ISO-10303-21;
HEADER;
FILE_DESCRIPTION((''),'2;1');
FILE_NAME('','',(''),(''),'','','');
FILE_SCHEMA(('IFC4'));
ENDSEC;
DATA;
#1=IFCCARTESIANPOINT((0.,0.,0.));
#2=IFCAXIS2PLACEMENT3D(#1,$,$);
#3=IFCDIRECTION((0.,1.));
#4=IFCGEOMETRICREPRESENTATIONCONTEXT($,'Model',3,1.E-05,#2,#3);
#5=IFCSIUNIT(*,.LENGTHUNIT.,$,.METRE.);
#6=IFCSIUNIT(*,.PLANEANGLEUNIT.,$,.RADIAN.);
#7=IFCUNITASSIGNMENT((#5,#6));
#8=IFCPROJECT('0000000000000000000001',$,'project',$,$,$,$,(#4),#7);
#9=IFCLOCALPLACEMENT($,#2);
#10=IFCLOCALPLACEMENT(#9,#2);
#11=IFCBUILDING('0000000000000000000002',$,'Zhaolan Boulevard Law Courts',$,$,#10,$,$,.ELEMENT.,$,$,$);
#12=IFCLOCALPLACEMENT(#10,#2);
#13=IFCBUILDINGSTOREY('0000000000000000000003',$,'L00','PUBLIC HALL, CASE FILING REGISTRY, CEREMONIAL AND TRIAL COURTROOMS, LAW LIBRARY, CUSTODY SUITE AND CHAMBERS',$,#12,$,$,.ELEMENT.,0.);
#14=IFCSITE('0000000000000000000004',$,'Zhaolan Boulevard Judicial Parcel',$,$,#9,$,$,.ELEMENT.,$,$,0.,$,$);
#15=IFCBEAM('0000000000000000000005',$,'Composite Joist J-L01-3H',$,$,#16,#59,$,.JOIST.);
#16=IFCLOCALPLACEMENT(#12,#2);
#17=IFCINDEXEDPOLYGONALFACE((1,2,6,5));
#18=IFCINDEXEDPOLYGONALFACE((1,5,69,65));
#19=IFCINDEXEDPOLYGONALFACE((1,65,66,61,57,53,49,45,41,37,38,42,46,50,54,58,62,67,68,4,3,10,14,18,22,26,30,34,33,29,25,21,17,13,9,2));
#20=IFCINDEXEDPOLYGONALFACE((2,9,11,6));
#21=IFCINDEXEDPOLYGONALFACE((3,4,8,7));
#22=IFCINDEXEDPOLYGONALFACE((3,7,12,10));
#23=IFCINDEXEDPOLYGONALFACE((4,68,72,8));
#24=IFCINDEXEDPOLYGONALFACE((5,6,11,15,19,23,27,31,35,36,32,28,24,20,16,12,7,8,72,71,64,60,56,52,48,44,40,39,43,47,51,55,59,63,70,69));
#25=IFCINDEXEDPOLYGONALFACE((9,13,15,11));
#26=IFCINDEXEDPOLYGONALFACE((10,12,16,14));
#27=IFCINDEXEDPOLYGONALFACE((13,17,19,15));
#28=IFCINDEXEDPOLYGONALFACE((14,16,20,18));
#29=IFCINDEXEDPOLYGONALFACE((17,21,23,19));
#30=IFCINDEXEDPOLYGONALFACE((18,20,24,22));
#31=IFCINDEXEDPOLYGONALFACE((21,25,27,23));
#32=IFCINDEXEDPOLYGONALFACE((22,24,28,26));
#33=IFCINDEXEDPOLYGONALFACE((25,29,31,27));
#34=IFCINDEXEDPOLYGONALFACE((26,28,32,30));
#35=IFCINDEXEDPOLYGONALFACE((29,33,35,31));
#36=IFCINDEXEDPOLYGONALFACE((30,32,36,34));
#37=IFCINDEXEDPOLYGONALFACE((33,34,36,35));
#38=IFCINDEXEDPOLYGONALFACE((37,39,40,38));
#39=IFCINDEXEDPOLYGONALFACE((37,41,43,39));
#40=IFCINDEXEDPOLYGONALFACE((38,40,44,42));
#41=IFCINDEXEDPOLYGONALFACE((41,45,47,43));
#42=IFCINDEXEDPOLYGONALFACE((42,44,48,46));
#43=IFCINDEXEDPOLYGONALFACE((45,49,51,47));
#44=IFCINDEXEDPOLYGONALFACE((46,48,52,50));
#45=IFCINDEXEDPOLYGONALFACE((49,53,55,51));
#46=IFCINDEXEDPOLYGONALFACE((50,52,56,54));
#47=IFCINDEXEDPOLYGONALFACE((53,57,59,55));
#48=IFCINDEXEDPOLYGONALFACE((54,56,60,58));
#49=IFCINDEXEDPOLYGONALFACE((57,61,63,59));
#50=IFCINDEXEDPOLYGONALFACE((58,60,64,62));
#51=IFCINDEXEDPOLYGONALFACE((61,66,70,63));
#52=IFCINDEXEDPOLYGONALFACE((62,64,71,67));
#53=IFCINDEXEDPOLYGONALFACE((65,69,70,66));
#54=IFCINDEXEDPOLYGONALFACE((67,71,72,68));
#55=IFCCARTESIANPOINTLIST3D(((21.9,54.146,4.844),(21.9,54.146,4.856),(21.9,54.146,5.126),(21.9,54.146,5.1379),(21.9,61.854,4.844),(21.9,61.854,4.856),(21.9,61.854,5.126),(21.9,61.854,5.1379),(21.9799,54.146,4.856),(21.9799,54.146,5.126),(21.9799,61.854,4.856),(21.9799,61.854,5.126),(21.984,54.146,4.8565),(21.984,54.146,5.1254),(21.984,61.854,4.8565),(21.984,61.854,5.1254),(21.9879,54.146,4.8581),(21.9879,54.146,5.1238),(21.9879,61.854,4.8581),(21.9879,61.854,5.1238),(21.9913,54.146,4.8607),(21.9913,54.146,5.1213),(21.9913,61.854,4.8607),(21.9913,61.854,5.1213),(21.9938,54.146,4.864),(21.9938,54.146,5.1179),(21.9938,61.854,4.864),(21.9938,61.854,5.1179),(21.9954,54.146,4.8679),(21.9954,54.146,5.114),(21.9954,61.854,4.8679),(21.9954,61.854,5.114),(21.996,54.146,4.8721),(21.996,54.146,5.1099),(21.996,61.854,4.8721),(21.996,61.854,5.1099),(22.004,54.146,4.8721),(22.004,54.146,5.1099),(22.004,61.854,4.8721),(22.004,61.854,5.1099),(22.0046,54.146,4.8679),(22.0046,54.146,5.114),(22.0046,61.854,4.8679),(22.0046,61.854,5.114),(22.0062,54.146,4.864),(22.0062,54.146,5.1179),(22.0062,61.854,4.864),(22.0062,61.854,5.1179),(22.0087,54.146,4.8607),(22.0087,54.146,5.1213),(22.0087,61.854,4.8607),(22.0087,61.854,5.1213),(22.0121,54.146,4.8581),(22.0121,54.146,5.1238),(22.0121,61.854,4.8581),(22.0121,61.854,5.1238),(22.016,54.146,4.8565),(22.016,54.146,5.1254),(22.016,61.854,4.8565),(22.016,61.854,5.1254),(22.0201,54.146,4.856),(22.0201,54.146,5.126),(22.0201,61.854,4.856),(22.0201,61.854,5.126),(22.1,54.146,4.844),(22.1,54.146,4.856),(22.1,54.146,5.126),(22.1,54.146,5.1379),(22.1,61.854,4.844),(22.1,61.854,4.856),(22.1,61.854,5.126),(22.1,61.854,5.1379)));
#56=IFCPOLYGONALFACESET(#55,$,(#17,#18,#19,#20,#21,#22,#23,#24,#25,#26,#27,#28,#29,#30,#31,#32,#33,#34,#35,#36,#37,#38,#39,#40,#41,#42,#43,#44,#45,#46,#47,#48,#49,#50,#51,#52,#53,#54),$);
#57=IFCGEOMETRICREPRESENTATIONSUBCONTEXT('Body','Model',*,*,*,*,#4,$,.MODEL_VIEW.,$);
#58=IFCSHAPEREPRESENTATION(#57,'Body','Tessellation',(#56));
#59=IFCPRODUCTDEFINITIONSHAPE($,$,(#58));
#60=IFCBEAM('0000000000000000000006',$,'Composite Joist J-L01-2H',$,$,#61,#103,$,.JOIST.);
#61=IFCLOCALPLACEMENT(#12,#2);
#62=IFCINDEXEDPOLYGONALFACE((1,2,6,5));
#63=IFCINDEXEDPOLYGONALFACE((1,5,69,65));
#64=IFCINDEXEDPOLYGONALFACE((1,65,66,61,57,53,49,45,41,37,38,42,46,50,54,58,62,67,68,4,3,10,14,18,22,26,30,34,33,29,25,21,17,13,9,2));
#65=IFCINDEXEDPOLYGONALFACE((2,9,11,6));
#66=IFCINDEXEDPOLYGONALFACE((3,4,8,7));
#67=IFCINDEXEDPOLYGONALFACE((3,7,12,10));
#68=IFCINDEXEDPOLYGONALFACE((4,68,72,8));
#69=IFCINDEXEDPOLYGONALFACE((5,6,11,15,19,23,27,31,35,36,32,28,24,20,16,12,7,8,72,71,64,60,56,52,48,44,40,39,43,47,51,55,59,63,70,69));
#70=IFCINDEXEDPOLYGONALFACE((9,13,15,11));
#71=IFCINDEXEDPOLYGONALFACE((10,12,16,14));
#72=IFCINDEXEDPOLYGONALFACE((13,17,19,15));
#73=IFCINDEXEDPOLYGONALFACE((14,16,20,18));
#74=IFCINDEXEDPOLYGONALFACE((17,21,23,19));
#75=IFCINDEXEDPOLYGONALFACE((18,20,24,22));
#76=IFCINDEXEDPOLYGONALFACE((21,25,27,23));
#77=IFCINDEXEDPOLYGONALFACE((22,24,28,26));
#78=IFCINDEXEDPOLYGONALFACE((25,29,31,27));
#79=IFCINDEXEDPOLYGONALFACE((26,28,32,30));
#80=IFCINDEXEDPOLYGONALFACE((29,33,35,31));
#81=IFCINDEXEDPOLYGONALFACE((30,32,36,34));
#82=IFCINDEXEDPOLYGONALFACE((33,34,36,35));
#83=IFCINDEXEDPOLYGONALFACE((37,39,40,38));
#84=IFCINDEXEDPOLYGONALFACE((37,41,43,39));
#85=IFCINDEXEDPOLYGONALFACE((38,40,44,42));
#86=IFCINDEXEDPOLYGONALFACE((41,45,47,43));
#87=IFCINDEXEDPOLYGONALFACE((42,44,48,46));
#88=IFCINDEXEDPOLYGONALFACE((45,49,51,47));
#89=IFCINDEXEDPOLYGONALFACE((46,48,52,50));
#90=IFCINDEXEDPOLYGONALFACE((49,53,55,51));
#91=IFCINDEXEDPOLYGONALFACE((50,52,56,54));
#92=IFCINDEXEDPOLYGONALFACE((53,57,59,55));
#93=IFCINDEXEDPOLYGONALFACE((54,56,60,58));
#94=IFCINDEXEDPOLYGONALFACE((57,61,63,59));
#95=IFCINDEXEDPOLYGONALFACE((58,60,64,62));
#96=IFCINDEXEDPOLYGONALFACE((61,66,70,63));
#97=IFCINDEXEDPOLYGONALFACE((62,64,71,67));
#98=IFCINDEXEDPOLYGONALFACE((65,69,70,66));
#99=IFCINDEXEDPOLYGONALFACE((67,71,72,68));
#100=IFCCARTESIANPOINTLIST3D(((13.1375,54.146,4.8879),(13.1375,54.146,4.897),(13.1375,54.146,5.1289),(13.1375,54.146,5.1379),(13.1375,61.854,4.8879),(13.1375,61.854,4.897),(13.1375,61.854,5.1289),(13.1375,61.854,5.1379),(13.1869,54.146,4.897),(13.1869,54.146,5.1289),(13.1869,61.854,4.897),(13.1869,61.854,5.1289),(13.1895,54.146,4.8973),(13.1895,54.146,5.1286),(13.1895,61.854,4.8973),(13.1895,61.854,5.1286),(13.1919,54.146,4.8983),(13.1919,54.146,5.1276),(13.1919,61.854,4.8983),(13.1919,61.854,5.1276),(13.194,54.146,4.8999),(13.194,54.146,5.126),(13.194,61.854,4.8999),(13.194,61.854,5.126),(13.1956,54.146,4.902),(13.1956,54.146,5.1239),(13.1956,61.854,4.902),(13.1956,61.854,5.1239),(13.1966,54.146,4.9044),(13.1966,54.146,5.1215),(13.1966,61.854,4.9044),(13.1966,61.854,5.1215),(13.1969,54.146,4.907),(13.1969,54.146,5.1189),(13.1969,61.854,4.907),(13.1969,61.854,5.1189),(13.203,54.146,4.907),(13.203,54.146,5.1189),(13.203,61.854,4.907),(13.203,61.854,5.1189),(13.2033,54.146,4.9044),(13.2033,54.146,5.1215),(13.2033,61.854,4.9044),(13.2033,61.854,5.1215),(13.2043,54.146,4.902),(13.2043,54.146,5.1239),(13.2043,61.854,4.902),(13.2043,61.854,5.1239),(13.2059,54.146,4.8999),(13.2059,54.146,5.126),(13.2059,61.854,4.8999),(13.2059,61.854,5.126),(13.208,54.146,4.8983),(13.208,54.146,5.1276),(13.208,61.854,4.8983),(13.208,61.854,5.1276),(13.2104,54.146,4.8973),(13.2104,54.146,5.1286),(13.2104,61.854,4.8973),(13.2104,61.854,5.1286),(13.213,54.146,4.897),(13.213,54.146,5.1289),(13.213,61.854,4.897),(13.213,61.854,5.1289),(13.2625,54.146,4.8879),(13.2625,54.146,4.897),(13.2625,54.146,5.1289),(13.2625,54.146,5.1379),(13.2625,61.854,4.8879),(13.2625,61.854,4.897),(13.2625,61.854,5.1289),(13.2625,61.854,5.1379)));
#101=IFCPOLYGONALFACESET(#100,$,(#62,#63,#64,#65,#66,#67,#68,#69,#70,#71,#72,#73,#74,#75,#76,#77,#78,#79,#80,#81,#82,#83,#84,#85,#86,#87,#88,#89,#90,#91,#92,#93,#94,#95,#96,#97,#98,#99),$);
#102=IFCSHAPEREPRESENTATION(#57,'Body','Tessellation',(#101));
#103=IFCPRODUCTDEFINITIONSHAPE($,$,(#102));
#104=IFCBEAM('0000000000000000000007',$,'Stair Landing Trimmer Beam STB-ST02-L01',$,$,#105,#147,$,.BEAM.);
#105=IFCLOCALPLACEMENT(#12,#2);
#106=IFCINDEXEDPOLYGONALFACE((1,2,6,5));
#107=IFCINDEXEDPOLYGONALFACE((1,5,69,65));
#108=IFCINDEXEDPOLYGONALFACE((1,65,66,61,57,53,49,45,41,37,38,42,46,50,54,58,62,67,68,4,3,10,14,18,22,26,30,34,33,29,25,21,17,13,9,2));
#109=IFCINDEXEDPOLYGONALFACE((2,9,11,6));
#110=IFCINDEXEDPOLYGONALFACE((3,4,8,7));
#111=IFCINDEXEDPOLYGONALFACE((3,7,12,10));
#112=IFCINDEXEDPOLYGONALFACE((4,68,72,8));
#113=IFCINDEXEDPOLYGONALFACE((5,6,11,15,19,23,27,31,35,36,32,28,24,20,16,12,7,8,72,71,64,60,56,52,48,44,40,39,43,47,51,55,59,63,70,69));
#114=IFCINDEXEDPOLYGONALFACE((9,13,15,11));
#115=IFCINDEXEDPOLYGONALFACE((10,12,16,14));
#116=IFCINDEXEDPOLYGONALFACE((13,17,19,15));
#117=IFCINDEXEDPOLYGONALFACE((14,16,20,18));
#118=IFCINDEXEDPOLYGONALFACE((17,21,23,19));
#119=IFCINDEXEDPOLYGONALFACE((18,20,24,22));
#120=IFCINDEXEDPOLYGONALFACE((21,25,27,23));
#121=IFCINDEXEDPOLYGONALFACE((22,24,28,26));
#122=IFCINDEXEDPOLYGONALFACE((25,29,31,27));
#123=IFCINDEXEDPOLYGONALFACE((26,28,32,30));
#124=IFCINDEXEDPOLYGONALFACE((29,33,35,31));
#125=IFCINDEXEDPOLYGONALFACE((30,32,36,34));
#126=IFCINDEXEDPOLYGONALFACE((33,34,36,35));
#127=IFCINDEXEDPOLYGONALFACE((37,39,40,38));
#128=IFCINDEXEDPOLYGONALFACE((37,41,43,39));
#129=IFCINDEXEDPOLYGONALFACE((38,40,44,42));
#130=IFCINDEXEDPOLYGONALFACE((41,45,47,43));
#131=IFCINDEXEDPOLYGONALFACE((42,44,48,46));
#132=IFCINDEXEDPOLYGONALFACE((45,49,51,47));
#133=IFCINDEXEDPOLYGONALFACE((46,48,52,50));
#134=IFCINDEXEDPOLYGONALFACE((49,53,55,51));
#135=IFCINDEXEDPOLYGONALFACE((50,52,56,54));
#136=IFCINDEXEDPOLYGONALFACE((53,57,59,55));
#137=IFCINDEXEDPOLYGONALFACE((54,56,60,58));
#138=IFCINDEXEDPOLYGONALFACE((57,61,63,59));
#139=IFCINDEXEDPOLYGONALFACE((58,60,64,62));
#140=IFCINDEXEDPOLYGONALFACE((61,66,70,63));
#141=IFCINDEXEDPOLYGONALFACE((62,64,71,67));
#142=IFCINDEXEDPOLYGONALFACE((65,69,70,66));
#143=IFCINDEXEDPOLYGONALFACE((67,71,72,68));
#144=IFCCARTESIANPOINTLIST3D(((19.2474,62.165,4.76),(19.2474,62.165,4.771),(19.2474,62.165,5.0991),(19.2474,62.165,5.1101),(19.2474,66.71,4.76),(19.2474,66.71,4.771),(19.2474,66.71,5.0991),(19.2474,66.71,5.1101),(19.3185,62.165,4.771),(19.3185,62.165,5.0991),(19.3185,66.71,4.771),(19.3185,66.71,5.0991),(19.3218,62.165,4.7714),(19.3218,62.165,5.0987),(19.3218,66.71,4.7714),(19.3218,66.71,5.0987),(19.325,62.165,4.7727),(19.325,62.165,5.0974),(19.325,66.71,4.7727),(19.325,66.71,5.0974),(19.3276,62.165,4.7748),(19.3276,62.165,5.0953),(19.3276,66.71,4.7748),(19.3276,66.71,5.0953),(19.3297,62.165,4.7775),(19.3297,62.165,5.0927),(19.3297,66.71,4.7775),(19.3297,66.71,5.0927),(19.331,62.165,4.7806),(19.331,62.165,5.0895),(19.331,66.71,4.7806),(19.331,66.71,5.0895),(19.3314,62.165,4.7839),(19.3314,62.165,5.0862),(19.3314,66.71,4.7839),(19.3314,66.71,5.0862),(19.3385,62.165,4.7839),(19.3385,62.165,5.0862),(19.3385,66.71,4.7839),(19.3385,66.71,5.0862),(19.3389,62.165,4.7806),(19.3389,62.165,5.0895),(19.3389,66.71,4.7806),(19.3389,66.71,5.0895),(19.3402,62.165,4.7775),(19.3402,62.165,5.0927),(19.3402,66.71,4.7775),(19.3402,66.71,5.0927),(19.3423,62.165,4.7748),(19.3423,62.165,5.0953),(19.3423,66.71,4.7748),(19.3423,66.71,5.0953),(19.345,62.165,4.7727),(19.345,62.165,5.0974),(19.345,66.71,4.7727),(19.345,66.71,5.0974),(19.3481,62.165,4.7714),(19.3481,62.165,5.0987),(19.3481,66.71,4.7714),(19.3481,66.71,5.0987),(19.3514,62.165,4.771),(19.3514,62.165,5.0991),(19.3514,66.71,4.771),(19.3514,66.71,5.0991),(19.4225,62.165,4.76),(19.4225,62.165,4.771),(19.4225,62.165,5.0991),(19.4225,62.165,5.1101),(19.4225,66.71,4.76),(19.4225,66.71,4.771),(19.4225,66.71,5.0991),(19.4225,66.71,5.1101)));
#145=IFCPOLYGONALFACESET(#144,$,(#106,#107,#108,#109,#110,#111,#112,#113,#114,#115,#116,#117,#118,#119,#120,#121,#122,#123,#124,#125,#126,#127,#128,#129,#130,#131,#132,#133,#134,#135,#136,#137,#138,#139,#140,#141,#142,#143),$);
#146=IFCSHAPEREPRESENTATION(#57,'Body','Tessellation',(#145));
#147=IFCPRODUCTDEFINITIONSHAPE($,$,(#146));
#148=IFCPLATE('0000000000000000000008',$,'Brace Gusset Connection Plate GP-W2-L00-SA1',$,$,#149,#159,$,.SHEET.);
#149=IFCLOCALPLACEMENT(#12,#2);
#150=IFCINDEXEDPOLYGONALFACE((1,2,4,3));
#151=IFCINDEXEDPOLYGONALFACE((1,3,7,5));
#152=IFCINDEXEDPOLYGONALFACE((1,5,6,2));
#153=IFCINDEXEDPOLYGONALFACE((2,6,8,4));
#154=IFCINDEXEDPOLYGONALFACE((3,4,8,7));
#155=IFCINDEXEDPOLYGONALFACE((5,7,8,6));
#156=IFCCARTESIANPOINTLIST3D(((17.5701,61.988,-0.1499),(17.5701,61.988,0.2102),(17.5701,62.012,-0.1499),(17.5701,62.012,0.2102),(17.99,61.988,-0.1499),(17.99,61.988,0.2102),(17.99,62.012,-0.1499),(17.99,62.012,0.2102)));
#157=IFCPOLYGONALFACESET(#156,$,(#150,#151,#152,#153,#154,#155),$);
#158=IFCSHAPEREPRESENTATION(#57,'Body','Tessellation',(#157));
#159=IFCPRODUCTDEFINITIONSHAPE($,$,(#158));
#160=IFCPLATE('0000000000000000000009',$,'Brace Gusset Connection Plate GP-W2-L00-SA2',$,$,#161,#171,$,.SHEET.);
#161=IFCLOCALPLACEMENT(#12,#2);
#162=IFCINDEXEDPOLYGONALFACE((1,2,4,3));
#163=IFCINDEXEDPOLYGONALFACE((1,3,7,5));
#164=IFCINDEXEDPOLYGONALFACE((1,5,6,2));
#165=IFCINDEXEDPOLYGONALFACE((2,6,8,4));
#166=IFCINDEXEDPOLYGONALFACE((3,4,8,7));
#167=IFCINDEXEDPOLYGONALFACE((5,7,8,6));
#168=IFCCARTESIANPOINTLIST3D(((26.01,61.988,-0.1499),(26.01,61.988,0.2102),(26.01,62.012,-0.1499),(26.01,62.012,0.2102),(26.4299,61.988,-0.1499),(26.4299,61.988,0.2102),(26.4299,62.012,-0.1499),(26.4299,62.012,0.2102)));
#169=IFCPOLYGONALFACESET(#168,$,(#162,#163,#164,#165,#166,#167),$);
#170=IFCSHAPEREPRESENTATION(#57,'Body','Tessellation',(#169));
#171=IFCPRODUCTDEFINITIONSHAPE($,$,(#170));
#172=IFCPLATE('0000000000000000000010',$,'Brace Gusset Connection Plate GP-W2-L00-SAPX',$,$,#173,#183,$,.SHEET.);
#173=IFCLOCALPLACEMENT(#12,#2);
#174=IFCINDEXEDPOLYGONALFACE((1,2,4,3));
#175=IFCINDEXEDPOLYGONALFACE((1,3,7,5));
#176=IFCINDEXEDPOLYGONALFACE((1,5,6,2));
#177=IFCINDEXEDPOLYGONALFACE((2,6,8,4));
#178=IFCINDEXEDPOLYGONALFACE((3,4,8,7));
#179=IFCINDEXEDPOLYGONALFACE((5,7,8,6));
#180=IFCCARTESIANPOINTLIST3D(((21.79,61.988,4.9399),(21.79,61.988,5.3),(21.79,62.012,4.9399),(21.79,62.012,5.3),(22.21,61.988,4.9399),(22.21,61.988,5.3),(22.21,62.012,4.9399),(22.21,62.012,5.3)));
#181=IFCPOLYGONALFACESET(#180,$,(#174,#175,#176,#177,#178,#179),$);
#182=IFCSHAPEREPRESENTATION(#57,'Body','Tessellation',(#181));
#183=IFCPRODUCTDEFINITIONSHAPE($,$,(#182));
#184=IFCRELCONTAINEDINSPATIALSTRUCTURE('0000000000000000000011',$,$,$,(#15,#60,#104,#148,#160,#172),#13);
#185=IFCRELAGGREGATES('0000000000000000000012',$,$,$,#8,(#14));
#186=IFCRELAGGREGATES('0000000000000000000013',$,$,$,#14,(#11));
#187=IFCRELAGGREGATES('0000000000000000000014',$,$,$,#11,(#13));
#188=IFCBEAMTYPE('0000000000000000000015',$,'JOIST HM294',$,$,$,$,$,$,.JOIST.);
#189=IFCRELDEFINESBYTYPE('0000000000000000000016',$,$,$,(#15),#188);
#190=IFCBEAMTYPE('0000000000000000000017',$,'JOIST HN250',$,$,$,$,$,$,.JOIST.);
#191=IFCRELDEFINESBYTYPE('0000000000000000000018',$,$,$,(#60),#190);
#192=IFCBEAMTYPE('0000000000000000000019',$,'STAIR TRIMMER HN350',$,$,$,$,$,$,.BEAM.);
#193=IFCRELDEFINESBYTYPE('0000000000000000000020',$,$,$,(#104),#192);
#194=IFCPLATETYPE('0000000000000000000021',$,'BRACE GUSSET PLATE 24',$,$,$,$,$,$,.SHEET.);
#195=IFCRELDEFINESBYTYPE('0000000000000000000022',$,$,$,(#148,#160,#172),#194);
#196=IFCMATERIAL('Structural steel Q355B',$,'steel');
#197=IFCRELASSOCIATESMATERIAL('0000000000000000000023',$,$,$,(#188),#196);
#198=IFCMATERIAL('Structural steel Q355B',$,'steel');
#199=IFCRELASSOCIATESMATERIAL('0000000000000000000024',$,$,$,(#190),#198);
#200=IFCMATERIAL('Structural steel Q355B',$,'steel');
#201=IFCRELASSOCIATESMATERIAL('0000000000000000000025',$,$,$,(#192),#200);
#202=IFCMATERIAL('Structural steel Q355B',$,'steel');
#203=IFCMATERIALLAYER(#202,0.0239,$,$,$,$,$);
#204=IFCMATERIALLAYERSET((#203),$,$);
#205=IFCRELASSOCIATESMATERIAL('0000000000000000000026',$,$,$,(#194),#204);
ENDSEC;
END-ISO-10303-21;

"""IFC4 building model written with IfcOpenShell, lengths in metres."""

from ifc_helpers import new_model, si_unit, direction, frame, origin, origin_2d, place, context, subcontext, project, spatial, rectangle, i_section, extrude, material, layer, layer_set, material_profile, profile_set, type_object, element, save


model = new_model("IFC4")

# Units and contexts
model_context = context("Model", 3, precision=1e-05, world=origin(), true_north=direction((0.0, 1.0)))
body_context = subcontext(model_context, "Body", "Model", "MODEL_VIEW")
ifc_project = project(units=[si_unit("LENGTHUNIT", "METRE"), si_unit("PLANEANGLEUNIT", "RADIAN")], contexts=[model_context])

# Site, building, storey
site_placement = place(None, origin())
site = spatial("IfcSite", under=ifc_project, at=site_placement, Name="Zhaolan Boulevard Judicial Parcel", CompositionType="ELEMENT", RefElevation=0.0)
building_placement = place(site_placement, origin())
building = spatial("IfcBuilding", under=site, at=building_placement, Name="Zhaolan Boulevard Law Courts", CompositionType="ELEMENT")
storey_placement = place(building_placement, origin())
storey = spatial("IfcBuildingStorey", under=building, at=storey_placement, Name="L00", Description="PUBLIC HALL, CASE FILING REGISTRY, CEREMONIAL AND TRIAL COURTROOMS, LAW LIBRARY, CUSTODY SUITE AND CHAMBERS", CompositionType="ELEMENT", Elevation=0.0)

# Beams
ifc_material_1 = material(Name="Structural steel Q355B", Category="steel")
ifc_material_profile_1 = material_profile(ifc_material_1, i_section(OverallWidth=0.2, OverallDepth=0.2939, WebThickness=0.0081, FlangeThickness=0.012, FilletRadius=0.0161, at=origin_2d()), Name="HM294x200")
ifc_profile_set_1 = profile_set([ifc_material_profile_1], Name="Structural steel Q355B")
beam_type_1 = type_object("IfcBeamType", Name="JOIST HM294", PredefinedType="JOIST", material=ifc_profile_set_1)
for number, where, z_axis, x_axis, name in (
    (1, (22.0, 54.146, 4.991), (0.0, 1.0, 0.0), (-1.0, 0.0, 0.0), "Composite Joist J-L01-3H"),
):
    element("IfcBeam", number, at=place(storey_placement, frame(where, z_axis=z_axis, x_axis=x_axis)), inside=storey, type_object=beam_type_1, Name=name, PredefinedType="JOIST", context=body_context, shape_type="SweptSolid", body=[
        extrude(i_section(OverallWidth=0.2, OverallDepth=0.2939, WebThickness=0.0081, FlangeThickness=0.012, FilletRadius=0.0161, at=origin_2d()), origin(), (0.0, 0.0, 1.0), 7.708),
    ])
ifc_material_2 = material(Name="Structural steel Q355B", Category="steel")
ifc_material_profile_2 = material_profile(ifc_material_2, i_section(OverallWidth=0.125, OverallDepth=0.25, WebThickness=0.0061, FlangeThickness=0.009, FilletRadius=0.01, at=origin_2d()), Name="HN250x125")
ifc_profile_set_2 = profile_set([ifc_material_profile_2], Name="Structural steel Q355B")
beam_type_2 = type_object("IfcBeamType", Name="JOIST HN250", PredefinedType="JOIST", material=ifc_profile_set_2)
beam_1_placement = place(storey_placement, frame((13.2, 54.146, 5.0129), z_axis=(0.0, 1.0, 0.0), x_axis=(-1.0, 0.0, 0.0)))
element("IfcBeam", 2, at=beam_1_placement, inside=storey, type_object=beam_type_2, Name="Composite Joist J-L01-2H", PredefinedType="JOIST", context=body_context, shape_type="SweptSolid", body=[
    extrude(i_section(OverallWidth=0.125, OverallDepth=0.25, WebThickness=0.0061, FlangeThickness=0.009, FilletRadius=0.01, at=origin_2d()), origin(), (0.0, 0.0, 1.0), 7.708),
])
ifc_material_3 = material(Name="Structural steel Q355B", Category="steel")
ifc_material_profile_3 = material_profile(ifc_material_3, i_section(OverallWidth=0.175, OverallDepth=0.3501, WebThickness=0.0071, FlangeThickness=0.011, FilletRadius=0.0129, at=origin_2d()), Name="HN350x175")
ifc_profile_set_3 = profile_set([ifc_material_profile_3], Name="Structural steel Q355B")
beam_type_3 = type_object("IfcBeamType", Name="STAIR TRIMMER HN350", PredefinedType="BEAM", material=ifc_profile_set_3)
beam_2_placement = place(storey_placement, frame((19.335, 62.165, 4.9351), z_axis=(0.0, 1.0, 0.0), x_axis=(-1.0, 0.0, 0.0)))
element("IfcBeam", 3, at=beam_2_placement, inside=storey, type_object=beam_type_3, Name="Stair Landing Trimmer Beam STB-ST02-L01", PredefinedType="BEAM", context=body_context, shape_type="SweptSolid", body=[
    extrude(i_section(OverallWidth=0.175, OverallDepth=0.3501, WebThickness=0.0071, FlangeThickness=0.011, FilletRadius=0.0129, at=origin_2d()), origin(), (0.0, 0.0, 1.0), 4.5449),
])

# Plates
ifc_material_4 = material(Name="Structural steel Q355B", Category="steel")
ifc_layer_1 = layer(ifc_material_4, 0.0239)
ifc_layer_set_1 = layer_set([ifc_layer_1])
plate_type_1 = type_object("IfcPlateType", Name="BRACE GUSSET PLATE 24", PredefinedType="SHEET", material=ifc_layer_set_1)
for number, where, z_axis, x_axis, name in (
    (4, (17.78, 62.0, -0.1499), (0.0, 0.0, 1.0), (1.0, 0.0, 0.0), "Brace Gusset Connection Plate GP-W2-L00-SA1"),
    (5, (26.22, 62.0, -0.1499), (0.0, 0.0, 1.0), (1.0, 0.0, 0.0), "Brace Gusset Connection Plate GP-W2-L00-SA2"),
    (6, (22.0, 62.0, 4.9399), (0.0, 0.0, 1.0), (1.0, 0.0, 0.0), "Brace Gusset Connection Plate GP-W2-L00-SAPX"),
):
    element("IfcPlate", number, at=place(storey_placement, frame(where, z_axis=z_axis, x_axis=x_axis)), inside=storey, type_object=plate_type_1, Name=name, PredefinedType="SHEET", context=body_context, shape_type="SweptSolid", body=[
        extrude(rectangle(XDim=0.4199, YDim=0.0239, at=origin_2d()), origin(), (0.0, 0.0, 1.0), 0.3601),
    ])

save(model, "model.ifc")
